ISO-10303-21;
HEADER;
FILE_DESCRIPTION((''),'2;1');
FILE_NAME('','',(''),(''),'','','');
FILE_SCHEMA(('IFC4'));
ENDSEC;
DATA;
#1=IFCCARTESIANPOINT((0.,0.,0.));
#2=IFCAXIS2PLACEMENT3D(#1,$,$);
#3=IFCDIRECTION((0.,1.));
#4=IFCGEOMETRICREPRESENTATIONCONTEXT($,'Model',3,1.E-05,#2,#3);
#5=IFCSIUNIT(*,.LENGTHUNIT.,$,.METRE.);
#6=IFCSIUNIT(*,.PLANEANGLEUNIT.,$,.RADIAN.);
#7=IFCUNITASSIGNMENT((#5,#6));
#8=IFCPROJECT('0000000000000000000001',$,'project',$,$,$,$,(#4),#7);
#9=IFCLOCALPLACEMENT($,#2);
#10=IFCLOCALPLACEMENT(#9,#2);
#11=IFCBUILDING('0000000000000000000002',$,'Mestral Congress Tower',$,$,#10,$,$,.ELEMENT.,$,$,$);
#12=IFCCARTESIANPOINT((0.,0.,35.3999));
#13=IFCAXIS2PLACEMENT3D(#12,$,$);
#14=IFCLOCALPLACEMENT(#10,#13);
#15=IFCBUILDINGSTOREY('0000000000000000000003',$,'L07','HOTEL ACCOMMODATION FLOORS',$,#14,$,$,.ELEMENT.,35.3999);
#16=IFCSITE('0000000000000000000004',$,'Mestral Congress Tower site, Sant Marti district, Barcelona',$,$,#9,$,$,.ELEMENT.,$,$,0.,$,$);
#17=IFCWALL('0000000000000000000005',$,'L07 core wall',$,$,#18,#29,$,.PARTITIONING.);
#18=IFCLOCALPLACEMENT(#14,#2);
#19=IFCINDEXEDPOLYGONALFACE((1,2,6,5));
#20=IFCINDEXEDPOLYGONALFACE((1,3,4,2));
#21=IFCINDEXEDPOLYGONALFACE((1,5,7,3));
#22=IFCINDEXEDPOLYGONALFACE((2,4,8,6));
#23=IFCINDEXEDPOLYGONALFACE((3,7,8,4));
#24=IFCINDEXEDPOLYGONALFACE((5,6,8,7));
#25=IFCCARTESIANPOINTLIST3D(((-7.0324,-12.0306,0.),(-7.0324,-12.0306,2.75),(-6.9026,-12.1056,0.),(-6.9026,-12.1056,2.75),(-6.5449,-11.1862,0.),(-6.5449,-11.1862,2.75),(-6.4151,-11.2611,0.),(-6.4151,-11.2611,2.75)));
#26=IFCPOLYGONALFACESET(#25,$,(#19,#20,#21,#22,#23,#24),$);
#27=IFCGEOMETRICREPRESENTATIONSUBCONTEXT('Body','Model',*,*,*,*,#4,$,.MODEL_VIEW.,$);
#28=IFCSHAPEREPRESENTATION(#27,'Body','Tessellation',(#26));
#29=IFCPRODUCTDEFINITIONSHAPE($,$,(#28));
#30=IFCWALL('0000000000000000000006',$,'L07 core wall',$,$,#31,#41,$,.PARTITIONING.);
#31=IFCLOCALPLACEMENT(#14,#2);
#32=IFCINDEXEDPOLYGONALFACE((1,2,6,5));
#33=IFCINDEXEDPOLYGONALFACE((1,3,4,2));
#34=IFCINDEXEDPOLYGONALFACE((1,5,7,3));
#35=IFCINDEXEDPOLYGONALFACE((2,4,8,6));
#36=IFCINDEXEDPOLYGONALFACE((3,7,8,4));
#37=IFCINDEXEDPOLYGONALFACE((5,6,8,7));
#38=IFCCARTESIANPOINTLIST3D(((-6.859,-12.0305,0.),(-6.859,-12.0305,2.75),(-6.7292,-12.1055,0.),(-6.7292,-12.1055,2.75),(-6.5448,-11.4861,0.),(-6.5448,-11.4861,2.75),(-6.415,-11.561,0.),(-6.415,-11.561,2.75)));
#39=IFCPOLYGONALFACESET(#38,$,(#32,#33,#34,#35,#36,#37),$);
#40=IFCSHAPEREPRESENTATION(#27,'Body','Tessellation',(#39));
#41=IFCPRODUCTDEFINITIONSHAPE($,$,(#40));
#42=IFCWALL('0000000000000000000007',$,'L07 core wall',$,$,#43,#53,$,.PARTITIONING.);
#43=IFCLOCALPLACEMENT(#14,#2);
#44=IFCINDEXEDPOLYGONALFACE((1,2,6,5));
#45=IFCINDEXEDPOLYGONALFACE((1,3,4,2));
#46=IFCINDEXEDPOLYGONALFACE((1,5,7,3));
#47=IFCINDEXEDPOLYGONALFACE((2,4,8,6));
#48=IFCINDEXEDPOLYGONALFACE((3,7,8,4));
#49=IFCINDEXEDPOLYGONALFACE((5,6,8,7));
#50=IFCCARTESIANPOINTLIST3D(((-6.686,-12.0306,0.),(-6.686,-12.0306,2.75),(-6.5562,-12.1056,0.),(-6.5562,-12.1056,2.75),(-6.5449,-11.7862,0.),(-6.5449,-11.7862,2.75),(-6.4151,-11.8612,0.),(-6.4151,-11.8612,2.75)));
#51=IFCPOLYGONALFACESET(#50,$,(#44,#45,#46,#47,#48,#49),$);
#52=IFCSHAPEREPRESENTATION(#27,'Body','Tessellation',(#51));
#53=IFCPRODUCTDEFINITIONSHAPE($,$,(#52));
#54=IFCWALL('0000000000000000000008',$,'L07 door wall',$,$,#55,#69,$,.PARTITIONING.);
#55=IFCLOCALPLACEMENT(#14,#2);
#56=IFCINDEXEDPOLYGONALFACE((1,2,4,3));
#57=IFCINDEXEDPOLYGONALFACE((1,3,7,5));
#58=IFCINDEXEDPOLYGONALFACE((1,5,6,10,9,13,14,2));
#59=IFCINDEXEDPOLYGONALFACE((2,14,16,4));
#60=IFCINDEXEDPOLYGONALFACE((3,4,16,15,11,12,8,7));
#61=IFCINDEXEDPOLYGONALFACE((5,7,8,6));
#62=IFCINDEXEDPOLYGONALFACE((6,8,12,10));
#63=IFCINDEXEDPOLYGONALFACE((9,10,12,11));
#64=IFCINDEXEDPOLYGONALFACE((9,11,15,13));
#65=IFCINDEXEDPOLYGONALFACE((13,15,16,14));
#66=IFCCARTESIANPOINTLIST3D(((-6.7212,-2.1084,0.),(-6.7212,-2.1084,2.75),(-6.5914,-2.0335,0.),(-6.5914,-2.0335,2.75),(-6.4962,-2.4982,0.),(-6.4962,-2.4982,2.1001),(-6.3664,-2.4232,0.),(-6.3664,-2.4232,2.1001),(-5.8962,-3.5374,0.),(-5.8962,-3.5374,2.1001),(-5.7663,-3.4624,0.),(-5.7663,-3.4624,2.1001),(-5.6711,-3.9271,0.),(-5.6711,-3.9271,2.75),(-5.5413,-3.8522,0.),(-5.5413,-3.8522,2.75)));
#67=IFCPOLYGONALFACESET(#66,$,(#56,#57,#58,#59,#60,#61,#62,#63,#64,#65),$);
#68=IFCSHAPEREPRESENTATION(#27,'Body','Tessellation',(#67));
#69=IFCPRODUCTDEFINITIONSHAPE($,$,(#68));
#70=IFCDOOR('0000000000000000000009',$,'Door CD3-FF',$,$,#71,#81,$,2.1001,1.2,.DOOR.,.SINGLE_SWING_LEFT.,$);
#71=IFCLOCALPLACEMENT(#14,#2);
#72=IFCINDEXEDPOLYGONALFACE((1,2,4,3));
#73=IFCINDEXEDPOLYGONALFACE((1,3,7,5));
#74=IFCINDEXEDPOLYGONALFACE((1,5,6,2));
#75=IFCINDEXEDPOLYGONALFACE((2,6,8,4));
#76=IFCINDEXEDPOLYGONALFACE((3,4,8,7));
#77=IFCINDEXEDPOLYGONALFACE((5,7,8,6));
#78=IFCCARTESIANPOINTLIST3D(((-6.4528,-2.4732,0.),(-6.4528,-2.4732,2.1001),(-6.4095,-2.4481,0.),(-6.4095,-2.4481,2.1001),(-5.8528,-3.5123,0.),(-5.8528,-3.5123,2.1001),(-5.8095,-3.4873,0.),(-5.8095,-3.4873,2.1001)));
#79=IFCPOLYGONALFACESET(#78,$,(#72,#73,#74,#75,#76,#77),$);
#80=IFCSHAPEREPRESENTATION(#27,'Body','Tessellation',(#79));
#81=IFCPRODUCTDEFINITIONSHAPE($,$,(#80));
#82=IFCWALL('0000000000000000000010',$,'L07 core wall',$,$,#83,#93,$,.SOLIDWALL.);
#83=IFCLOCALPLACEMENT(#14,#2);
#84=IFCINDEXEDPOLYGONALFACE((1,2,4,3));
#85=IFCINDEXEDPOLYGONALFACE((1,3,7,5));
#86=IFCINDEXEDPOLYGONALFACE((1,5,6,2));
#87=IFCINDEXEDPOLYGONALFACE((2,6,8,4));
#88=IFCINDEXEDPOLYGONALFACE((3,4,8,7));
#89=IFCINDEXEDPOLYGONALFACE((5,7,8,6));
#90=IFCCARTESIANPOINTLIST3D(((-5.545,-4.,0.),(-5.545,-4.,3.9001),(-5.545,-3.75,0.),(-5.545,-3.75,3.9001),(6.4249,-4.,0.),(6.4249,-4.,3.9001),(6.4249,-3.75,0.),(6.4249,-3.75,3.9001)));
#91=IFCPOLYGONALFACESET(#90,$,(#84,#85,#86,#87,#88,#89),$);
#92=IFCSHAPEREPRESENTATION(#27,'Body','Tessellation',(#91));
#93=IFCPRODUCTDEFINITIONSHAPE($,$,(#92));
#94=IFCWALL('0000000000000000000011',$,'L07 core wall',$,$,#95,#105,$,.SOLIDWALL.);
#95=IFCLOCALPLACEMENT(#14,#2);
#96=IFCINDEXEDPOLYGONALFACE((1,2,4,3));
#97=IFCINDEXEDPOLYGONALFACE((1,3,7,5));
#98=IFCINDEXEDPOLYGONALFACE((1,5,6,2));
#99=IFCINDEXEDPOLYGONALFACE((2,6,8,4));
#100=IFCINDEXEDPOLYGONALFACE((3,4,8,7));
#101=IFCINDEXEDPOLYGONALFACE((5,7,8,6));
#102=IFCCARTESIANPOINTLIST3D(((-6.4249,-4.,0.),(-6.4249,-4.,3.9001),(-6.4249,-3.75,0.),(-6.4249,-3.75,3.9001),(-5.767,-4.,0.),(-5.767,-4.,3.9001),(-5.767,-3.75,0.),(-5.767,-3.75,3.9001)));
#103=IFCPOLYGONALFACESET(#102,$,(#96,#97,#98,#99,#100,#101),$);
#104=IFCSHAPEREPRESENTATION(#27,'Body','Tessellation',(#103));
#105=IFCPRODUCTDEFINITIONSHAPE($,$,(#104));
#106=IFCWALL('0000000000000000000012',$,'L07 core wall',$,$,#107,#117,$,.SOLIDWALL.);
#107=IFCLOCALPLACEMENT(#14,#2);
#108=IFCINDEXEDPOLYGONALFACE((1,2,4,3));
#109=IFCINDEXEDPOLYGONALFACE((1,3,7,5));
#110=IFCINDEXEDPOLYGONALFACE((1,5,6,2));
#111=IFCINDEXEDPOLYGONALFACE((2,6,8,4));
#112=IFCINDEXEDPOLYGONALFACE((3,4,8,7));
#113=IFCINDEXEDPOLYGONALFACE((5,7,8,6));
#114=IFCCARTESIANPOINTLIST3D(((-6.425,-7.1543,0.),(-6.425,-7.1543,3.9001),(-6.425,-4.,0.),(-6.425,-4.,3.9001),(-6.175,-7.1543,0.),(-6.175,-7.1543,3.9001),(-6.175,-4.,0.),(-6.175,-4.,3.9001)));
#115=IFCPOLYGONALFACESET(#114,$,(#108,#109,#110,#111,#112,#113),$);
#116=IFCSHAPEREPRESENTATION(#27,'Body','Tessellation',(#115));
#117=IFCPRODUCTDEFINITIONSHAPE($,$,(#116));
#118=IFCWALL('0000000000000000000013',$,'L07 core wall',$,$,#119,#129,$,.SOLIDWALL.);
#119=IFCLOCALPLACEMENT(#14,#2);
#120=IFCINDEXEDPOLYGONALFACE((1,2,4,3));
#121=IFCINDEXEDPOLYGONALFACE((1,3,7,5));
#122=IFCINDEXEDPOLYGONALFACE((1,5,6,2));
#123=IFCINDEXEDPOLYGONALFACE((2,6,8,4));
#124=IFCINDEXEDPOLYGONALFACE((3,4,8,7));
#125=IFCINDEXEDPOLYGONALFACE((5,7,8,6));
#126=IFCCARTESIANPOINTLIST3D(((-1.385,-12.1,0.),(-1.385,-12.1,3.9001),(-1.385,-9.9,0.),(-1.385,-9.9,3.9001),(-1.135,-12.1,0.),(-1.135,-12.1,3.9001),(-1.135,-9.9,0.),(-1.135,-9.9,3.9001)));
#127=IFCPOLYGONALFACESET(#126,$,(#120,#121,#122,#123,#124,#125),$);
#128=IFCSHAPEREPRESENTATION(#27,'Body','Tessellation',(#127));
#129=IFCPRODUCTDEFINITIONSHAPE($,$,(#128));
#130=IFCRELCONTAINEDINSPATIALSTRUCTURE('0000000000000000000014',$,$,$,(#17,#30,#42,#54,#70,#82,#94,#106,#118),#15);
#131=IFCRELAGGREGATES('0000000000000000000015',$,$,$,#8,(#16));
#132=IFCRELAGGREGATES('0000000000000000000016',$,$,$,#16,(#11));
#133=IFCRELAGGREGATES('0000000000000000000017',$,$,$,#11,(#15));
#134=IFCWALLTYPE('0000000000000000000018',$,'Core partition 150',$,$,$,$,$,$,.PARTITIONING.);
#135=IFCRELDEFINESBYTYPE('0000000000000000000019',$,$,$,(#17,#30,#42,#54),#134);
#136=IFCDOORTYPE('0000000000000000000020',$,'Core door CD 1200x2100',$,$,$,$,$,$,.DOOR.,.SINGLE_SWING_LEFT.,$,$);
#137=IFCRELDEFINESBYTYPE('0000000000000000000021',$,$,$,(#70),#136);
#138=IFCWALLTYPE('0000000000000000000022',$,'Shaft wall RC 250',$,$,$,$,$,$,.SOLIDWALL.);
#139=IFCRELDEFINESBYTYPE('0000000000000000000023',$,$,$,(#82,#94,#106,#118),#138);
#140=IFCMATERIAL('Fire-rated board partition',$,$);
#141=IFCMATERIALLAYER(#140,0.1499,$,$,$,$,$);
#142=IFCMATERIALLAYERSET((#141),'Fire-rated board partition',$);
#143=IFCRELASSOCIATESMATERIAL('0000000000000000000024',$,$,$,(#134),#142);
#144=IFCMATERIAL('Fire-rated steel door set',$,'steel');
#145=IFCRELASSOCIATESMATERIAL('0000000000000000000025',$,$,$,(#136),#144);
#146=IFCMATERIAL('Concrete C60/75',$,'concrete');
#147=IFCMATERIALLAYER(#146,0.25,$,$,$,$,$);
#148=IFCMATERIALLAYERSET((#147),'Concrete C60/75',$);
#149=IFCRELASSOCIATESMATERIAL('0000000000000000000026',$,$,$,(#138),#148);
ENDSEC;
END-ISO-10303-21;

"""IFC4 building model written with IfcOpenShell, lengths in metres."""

from ifc_helpers import new_model, si_unit, direction, frame, frame_2d, origin, place, context, subcontext, project, spatial, rectangle, extrude, material, layer, layer_set, type_object, element, fill, save


model = new_model("IFC4")

# Units and contexts
model_context = context("Model", 3, precision=1e-05, world=origin(), true_north=direction((0.0, 1.0)))
body_context = subcontext(model_context, "Body", "Model", "MODEL_VIEW")
ifc_project = project(units=[si_unit("LENGTHUNIT", "METRE"), si_unit("PLANEANGLEUNIT", "RADIAN")], contexts=[model_context])

# Site, building, storey
site_placement = place(None, origin())
site = spatial("IfcSite", under=ifc_project, at=site_placement, Name="Mestral Congress Tower site, Sant Marti district, Barcelona", CompositionType="ELEMENT", RefElevation=0.0)
building_placement = place(site_placement, origin())
building = spatial("IfcBuilding", under=site, at=building_placement, Name="Mestral Congress Tower", CompositionType="ELEMENT")
storey_placement = place(building_placement, frame((0.0, 0.0, 35.3999)))
storey = spatial("IfcBuildingStorey", under=building, at=storey_placement, Name="L07", Description="HOTEL ACCOMMODATION FLOORS", CompositionType="ELEMENT", Elevation=35.3999)

# Walls
ifc_material_1 = material(Name="Fire-rated board partition")
ifc_layer_1 = layer(ifc_material_1, 0.1499)
ifc_layer_set_1 = layer_set([ifc_layer_1], Name="Fire-rated board partition")
wall_type_1 = type_object("IfcWallType", Name="Core partition 150", PredefinedType="PARTITIONING", material=ifc_layer_set_1)
wall_1_placement = place(storey_placement, frame((-6.9675, -12.0681, 0.0), z_axis=(0.0, 0.0, 1.0), x_axis=(0.49999, 0.866031, 0.0)))
element("IfcWall", 1, at=wall_1_placement, inside=storey, type_object=wall_type_1, Name="L07 core wall", PredefinedType="PARTITIONING", context=body_context, shape_type="SweptSolid", body=[
    extrude(rectangle(XDim=0.9751, YDim=0.1499, at=frame_2d((0.4875, 0.0))), origin(), (0.0, 0.0, 1.0), 2.75),
])
wall_2_placement = place(storey_placement, frame((-6.7942, -12.0681, 0.0), z_axis=(0.0, 0.0, 1.0), x_axis=(0.499857, 0.866108, 0.0)))
element("IfcWall", 2, at=wall_2_placement, inside=storey, type_object=wall_type_1, Name="L07 core wall", PredefinedType="PARTITIONING", context=body_context, shape_type="SweptSolid", body=[
    extrude(rectangle(XDim=0.6287, YDim=0.1499, at=frame_2d((0.3145, 0.0))), origin(), (0.0, 0.0, 1.0), 2.75),
])
wall_3_placement = place(storey_placement, frame((-6.6211, -12.0681, 0.0), z_axis=(0.0, 0.0, 1.0), x_axis=(0.500047, 0.865998, 0.0)))
element("IfcWall", 3, at=wall_3_placement, inside=storey, type_object=wall_type_1, Name="L07 core wall", PredefinedType="PARTITIONING", context=body_context, shape_type="SweptSolid", body=[
    extrude(rectangle(XDim=0.2822, YDim=0.1499, at=frame_2d((0.1411, 0.0))), origin(), (0.0, 0.0, 1.0), 2.75),
])

# Wall, opening, door
wall_4_placement = place(storey_placement, frame((-5.6062, -3.8896, 0.0), z_axis=(0.0, 0.0, 1.0), x_axis=(-0.500028, 0.866009, 0.0)))
wall_4 = element("IfcWall", 4, at=wall_4_placement, inside=storey, type_object=wall_type_1, Name="L07 door wall", PredefinedType="PARTITIONING", context=body_context, shape_type="SweptSolid", body=[
    extrude(rectangle(XDim=2.1001, YDim=0.1499, at=frame_2d((1.05, 0.0))), origin(), (0.0, 0.0, 1.0), 2.75),
])
opening_1_placement = place(wall_4_placement, frame((0.45, 0.0, 0.0)))
opening_1 = element("IfcOpeningElement", 5, at=opening_1_placement, cuts=wall_4, PredefinedType="OPENING", context=body_context, shape_type="SweptSolid", body=[
    extrude(rectangle(XDim=1.2, YDim=2.1001, at=frame_2d((0.6001, 1.05))), frame((0.0, 0.085, 0.0), z_axis=(0.0, -1.0, 0.0), x_axis=(1.0, 0.0, 0.0)), (0.0, 0.0, 1.0), 0.1699),
])
ifc_material_2 = material(Name="Fire-rated steel door set", Category="steel")
door_type_1 = type_object("IfcDoorType", Name="Core door CD 1200x2100", OperationType="SINGLE_SWING_LEFT", PredefinedType="DOOR", material=ifc_material_2)
door_1_placement = place(opening_1_placement, origin())
door_1 = element("IfcDoor", 6, at=door_1_placement, inside=storey, type_object=door_type_1, Name="Door CD3-FF", OperationType="SINGLE_SWING_LEFT", OverallHeight=2.1001, OverallWidth=1.2, PredefinedType="DOOR", context=body_context, shape_type="SweptSolid", body=[
    extrude(rectangle(XDim=1.2, YDim=2.1001, at=frame_2d((0.6001, 1.05))), frame((0.0, 0.0249, 0.0), z_axis=(0.0, -1.0, 0.0), x_axis=(1.0, 0.0, 0.0)), (0.0, 0.0, 1.0), 0.05),
])
fill(opening_1, door_1)

# Walls
ifc_material_3 = material(Name="Concrete C60/75", Category="concrete")
ifc_layer_2 = layer(ifc_material_3, 0.25)
ifc_layer_set_2 = layer_set([ifc_layer_2], Name="Concrete C60/75")
wall_type_2 = type_object("IfcWallType", Name="Shaft wall RC 250", PredefinedType="SOLIDWALL", material=ifc_layer_set_2)
wall_5_placement = place(storey_placement, frame((-5.5449, -3.875, 0.0), z_axis=(0.0, 0.0, 1.0), x_axis=(1.0, 0.0, 0.0)))
element("IfcWall", 7, at=wall_5_placement, inside=storey, type_object=wall_type_2, Name="L07 core wall", PredefinedType="SOLIDWALL", context=body_context, shape_type="SweptSolid", body=[
    extrude(rectangle(XDim=11.97, YDim=0.25, at=frame_2d((5.9849, 0.0))), origin(), (0.0, 0.0, 1.0), 3.9001),
])
wall_6_placement = place(storey_placement, frame((-6.425, -3.875, 0.0), z_axis=(0.0, 0.0, 1.0), x_axis=(1.0, 0.0, 0.0)))
element("IfcWall", 8, at=wall_6_placement, inside=storey, type_object=wall_type_2, Name="L07 core wall", PredefinedType="SOLIDWALL", context=body_context, shape_type="SweptSolid", body=[
    extrude(rectangle(XDim=0.658, YDim=0.25, at=frame_2d((0.3291, 0.0))), origin(), (0.0, 0.0, 1.0), 3.9001),
])
wall_7_placement = place(storey_placement, frame((-6.3, -4.0, 0.0), z_axis=(0.0, 0.0, 1.0), x_axis=(0.0, -1.0, 0.0)))
element("IfcWall", 9, at=wall_7_placement, inside=storey, type_object=wall_type_2, Name="L07 core wall", PredefinedType="SOLIDWALL", context=body_context, shape_type="SweptSolid", body=[
    extrude(rectangle(XDim=3.1543, YDim=0.25, at=frame_2d((1.5771, 0.0))), origin(), (0.0, 0.0, 1.0), 3.9001),
])
wall_8_placement = place(storey_placement, frame((-1.26, -12.1001, 0.0), z_axis=(0.0, 0.0, 1.0), x_axis=(0.0, 1.0, 0.0)))
element("IfcWall", 10, at=wall_8_placement, inside=storey, type_object=wall_type_2, Name="L07 core wall", PredefinedType="SOLIDWALL", context=body_context, shape_type="SweptSolid", body=[
    extrude(rectangle(XDim=2.2, YDim=0.25, at=frame_2d((1.1001, 0.0))), origin(), (0.0, 0.0, 1.0), 3.9001),
])

save(model, "model.ifc")
